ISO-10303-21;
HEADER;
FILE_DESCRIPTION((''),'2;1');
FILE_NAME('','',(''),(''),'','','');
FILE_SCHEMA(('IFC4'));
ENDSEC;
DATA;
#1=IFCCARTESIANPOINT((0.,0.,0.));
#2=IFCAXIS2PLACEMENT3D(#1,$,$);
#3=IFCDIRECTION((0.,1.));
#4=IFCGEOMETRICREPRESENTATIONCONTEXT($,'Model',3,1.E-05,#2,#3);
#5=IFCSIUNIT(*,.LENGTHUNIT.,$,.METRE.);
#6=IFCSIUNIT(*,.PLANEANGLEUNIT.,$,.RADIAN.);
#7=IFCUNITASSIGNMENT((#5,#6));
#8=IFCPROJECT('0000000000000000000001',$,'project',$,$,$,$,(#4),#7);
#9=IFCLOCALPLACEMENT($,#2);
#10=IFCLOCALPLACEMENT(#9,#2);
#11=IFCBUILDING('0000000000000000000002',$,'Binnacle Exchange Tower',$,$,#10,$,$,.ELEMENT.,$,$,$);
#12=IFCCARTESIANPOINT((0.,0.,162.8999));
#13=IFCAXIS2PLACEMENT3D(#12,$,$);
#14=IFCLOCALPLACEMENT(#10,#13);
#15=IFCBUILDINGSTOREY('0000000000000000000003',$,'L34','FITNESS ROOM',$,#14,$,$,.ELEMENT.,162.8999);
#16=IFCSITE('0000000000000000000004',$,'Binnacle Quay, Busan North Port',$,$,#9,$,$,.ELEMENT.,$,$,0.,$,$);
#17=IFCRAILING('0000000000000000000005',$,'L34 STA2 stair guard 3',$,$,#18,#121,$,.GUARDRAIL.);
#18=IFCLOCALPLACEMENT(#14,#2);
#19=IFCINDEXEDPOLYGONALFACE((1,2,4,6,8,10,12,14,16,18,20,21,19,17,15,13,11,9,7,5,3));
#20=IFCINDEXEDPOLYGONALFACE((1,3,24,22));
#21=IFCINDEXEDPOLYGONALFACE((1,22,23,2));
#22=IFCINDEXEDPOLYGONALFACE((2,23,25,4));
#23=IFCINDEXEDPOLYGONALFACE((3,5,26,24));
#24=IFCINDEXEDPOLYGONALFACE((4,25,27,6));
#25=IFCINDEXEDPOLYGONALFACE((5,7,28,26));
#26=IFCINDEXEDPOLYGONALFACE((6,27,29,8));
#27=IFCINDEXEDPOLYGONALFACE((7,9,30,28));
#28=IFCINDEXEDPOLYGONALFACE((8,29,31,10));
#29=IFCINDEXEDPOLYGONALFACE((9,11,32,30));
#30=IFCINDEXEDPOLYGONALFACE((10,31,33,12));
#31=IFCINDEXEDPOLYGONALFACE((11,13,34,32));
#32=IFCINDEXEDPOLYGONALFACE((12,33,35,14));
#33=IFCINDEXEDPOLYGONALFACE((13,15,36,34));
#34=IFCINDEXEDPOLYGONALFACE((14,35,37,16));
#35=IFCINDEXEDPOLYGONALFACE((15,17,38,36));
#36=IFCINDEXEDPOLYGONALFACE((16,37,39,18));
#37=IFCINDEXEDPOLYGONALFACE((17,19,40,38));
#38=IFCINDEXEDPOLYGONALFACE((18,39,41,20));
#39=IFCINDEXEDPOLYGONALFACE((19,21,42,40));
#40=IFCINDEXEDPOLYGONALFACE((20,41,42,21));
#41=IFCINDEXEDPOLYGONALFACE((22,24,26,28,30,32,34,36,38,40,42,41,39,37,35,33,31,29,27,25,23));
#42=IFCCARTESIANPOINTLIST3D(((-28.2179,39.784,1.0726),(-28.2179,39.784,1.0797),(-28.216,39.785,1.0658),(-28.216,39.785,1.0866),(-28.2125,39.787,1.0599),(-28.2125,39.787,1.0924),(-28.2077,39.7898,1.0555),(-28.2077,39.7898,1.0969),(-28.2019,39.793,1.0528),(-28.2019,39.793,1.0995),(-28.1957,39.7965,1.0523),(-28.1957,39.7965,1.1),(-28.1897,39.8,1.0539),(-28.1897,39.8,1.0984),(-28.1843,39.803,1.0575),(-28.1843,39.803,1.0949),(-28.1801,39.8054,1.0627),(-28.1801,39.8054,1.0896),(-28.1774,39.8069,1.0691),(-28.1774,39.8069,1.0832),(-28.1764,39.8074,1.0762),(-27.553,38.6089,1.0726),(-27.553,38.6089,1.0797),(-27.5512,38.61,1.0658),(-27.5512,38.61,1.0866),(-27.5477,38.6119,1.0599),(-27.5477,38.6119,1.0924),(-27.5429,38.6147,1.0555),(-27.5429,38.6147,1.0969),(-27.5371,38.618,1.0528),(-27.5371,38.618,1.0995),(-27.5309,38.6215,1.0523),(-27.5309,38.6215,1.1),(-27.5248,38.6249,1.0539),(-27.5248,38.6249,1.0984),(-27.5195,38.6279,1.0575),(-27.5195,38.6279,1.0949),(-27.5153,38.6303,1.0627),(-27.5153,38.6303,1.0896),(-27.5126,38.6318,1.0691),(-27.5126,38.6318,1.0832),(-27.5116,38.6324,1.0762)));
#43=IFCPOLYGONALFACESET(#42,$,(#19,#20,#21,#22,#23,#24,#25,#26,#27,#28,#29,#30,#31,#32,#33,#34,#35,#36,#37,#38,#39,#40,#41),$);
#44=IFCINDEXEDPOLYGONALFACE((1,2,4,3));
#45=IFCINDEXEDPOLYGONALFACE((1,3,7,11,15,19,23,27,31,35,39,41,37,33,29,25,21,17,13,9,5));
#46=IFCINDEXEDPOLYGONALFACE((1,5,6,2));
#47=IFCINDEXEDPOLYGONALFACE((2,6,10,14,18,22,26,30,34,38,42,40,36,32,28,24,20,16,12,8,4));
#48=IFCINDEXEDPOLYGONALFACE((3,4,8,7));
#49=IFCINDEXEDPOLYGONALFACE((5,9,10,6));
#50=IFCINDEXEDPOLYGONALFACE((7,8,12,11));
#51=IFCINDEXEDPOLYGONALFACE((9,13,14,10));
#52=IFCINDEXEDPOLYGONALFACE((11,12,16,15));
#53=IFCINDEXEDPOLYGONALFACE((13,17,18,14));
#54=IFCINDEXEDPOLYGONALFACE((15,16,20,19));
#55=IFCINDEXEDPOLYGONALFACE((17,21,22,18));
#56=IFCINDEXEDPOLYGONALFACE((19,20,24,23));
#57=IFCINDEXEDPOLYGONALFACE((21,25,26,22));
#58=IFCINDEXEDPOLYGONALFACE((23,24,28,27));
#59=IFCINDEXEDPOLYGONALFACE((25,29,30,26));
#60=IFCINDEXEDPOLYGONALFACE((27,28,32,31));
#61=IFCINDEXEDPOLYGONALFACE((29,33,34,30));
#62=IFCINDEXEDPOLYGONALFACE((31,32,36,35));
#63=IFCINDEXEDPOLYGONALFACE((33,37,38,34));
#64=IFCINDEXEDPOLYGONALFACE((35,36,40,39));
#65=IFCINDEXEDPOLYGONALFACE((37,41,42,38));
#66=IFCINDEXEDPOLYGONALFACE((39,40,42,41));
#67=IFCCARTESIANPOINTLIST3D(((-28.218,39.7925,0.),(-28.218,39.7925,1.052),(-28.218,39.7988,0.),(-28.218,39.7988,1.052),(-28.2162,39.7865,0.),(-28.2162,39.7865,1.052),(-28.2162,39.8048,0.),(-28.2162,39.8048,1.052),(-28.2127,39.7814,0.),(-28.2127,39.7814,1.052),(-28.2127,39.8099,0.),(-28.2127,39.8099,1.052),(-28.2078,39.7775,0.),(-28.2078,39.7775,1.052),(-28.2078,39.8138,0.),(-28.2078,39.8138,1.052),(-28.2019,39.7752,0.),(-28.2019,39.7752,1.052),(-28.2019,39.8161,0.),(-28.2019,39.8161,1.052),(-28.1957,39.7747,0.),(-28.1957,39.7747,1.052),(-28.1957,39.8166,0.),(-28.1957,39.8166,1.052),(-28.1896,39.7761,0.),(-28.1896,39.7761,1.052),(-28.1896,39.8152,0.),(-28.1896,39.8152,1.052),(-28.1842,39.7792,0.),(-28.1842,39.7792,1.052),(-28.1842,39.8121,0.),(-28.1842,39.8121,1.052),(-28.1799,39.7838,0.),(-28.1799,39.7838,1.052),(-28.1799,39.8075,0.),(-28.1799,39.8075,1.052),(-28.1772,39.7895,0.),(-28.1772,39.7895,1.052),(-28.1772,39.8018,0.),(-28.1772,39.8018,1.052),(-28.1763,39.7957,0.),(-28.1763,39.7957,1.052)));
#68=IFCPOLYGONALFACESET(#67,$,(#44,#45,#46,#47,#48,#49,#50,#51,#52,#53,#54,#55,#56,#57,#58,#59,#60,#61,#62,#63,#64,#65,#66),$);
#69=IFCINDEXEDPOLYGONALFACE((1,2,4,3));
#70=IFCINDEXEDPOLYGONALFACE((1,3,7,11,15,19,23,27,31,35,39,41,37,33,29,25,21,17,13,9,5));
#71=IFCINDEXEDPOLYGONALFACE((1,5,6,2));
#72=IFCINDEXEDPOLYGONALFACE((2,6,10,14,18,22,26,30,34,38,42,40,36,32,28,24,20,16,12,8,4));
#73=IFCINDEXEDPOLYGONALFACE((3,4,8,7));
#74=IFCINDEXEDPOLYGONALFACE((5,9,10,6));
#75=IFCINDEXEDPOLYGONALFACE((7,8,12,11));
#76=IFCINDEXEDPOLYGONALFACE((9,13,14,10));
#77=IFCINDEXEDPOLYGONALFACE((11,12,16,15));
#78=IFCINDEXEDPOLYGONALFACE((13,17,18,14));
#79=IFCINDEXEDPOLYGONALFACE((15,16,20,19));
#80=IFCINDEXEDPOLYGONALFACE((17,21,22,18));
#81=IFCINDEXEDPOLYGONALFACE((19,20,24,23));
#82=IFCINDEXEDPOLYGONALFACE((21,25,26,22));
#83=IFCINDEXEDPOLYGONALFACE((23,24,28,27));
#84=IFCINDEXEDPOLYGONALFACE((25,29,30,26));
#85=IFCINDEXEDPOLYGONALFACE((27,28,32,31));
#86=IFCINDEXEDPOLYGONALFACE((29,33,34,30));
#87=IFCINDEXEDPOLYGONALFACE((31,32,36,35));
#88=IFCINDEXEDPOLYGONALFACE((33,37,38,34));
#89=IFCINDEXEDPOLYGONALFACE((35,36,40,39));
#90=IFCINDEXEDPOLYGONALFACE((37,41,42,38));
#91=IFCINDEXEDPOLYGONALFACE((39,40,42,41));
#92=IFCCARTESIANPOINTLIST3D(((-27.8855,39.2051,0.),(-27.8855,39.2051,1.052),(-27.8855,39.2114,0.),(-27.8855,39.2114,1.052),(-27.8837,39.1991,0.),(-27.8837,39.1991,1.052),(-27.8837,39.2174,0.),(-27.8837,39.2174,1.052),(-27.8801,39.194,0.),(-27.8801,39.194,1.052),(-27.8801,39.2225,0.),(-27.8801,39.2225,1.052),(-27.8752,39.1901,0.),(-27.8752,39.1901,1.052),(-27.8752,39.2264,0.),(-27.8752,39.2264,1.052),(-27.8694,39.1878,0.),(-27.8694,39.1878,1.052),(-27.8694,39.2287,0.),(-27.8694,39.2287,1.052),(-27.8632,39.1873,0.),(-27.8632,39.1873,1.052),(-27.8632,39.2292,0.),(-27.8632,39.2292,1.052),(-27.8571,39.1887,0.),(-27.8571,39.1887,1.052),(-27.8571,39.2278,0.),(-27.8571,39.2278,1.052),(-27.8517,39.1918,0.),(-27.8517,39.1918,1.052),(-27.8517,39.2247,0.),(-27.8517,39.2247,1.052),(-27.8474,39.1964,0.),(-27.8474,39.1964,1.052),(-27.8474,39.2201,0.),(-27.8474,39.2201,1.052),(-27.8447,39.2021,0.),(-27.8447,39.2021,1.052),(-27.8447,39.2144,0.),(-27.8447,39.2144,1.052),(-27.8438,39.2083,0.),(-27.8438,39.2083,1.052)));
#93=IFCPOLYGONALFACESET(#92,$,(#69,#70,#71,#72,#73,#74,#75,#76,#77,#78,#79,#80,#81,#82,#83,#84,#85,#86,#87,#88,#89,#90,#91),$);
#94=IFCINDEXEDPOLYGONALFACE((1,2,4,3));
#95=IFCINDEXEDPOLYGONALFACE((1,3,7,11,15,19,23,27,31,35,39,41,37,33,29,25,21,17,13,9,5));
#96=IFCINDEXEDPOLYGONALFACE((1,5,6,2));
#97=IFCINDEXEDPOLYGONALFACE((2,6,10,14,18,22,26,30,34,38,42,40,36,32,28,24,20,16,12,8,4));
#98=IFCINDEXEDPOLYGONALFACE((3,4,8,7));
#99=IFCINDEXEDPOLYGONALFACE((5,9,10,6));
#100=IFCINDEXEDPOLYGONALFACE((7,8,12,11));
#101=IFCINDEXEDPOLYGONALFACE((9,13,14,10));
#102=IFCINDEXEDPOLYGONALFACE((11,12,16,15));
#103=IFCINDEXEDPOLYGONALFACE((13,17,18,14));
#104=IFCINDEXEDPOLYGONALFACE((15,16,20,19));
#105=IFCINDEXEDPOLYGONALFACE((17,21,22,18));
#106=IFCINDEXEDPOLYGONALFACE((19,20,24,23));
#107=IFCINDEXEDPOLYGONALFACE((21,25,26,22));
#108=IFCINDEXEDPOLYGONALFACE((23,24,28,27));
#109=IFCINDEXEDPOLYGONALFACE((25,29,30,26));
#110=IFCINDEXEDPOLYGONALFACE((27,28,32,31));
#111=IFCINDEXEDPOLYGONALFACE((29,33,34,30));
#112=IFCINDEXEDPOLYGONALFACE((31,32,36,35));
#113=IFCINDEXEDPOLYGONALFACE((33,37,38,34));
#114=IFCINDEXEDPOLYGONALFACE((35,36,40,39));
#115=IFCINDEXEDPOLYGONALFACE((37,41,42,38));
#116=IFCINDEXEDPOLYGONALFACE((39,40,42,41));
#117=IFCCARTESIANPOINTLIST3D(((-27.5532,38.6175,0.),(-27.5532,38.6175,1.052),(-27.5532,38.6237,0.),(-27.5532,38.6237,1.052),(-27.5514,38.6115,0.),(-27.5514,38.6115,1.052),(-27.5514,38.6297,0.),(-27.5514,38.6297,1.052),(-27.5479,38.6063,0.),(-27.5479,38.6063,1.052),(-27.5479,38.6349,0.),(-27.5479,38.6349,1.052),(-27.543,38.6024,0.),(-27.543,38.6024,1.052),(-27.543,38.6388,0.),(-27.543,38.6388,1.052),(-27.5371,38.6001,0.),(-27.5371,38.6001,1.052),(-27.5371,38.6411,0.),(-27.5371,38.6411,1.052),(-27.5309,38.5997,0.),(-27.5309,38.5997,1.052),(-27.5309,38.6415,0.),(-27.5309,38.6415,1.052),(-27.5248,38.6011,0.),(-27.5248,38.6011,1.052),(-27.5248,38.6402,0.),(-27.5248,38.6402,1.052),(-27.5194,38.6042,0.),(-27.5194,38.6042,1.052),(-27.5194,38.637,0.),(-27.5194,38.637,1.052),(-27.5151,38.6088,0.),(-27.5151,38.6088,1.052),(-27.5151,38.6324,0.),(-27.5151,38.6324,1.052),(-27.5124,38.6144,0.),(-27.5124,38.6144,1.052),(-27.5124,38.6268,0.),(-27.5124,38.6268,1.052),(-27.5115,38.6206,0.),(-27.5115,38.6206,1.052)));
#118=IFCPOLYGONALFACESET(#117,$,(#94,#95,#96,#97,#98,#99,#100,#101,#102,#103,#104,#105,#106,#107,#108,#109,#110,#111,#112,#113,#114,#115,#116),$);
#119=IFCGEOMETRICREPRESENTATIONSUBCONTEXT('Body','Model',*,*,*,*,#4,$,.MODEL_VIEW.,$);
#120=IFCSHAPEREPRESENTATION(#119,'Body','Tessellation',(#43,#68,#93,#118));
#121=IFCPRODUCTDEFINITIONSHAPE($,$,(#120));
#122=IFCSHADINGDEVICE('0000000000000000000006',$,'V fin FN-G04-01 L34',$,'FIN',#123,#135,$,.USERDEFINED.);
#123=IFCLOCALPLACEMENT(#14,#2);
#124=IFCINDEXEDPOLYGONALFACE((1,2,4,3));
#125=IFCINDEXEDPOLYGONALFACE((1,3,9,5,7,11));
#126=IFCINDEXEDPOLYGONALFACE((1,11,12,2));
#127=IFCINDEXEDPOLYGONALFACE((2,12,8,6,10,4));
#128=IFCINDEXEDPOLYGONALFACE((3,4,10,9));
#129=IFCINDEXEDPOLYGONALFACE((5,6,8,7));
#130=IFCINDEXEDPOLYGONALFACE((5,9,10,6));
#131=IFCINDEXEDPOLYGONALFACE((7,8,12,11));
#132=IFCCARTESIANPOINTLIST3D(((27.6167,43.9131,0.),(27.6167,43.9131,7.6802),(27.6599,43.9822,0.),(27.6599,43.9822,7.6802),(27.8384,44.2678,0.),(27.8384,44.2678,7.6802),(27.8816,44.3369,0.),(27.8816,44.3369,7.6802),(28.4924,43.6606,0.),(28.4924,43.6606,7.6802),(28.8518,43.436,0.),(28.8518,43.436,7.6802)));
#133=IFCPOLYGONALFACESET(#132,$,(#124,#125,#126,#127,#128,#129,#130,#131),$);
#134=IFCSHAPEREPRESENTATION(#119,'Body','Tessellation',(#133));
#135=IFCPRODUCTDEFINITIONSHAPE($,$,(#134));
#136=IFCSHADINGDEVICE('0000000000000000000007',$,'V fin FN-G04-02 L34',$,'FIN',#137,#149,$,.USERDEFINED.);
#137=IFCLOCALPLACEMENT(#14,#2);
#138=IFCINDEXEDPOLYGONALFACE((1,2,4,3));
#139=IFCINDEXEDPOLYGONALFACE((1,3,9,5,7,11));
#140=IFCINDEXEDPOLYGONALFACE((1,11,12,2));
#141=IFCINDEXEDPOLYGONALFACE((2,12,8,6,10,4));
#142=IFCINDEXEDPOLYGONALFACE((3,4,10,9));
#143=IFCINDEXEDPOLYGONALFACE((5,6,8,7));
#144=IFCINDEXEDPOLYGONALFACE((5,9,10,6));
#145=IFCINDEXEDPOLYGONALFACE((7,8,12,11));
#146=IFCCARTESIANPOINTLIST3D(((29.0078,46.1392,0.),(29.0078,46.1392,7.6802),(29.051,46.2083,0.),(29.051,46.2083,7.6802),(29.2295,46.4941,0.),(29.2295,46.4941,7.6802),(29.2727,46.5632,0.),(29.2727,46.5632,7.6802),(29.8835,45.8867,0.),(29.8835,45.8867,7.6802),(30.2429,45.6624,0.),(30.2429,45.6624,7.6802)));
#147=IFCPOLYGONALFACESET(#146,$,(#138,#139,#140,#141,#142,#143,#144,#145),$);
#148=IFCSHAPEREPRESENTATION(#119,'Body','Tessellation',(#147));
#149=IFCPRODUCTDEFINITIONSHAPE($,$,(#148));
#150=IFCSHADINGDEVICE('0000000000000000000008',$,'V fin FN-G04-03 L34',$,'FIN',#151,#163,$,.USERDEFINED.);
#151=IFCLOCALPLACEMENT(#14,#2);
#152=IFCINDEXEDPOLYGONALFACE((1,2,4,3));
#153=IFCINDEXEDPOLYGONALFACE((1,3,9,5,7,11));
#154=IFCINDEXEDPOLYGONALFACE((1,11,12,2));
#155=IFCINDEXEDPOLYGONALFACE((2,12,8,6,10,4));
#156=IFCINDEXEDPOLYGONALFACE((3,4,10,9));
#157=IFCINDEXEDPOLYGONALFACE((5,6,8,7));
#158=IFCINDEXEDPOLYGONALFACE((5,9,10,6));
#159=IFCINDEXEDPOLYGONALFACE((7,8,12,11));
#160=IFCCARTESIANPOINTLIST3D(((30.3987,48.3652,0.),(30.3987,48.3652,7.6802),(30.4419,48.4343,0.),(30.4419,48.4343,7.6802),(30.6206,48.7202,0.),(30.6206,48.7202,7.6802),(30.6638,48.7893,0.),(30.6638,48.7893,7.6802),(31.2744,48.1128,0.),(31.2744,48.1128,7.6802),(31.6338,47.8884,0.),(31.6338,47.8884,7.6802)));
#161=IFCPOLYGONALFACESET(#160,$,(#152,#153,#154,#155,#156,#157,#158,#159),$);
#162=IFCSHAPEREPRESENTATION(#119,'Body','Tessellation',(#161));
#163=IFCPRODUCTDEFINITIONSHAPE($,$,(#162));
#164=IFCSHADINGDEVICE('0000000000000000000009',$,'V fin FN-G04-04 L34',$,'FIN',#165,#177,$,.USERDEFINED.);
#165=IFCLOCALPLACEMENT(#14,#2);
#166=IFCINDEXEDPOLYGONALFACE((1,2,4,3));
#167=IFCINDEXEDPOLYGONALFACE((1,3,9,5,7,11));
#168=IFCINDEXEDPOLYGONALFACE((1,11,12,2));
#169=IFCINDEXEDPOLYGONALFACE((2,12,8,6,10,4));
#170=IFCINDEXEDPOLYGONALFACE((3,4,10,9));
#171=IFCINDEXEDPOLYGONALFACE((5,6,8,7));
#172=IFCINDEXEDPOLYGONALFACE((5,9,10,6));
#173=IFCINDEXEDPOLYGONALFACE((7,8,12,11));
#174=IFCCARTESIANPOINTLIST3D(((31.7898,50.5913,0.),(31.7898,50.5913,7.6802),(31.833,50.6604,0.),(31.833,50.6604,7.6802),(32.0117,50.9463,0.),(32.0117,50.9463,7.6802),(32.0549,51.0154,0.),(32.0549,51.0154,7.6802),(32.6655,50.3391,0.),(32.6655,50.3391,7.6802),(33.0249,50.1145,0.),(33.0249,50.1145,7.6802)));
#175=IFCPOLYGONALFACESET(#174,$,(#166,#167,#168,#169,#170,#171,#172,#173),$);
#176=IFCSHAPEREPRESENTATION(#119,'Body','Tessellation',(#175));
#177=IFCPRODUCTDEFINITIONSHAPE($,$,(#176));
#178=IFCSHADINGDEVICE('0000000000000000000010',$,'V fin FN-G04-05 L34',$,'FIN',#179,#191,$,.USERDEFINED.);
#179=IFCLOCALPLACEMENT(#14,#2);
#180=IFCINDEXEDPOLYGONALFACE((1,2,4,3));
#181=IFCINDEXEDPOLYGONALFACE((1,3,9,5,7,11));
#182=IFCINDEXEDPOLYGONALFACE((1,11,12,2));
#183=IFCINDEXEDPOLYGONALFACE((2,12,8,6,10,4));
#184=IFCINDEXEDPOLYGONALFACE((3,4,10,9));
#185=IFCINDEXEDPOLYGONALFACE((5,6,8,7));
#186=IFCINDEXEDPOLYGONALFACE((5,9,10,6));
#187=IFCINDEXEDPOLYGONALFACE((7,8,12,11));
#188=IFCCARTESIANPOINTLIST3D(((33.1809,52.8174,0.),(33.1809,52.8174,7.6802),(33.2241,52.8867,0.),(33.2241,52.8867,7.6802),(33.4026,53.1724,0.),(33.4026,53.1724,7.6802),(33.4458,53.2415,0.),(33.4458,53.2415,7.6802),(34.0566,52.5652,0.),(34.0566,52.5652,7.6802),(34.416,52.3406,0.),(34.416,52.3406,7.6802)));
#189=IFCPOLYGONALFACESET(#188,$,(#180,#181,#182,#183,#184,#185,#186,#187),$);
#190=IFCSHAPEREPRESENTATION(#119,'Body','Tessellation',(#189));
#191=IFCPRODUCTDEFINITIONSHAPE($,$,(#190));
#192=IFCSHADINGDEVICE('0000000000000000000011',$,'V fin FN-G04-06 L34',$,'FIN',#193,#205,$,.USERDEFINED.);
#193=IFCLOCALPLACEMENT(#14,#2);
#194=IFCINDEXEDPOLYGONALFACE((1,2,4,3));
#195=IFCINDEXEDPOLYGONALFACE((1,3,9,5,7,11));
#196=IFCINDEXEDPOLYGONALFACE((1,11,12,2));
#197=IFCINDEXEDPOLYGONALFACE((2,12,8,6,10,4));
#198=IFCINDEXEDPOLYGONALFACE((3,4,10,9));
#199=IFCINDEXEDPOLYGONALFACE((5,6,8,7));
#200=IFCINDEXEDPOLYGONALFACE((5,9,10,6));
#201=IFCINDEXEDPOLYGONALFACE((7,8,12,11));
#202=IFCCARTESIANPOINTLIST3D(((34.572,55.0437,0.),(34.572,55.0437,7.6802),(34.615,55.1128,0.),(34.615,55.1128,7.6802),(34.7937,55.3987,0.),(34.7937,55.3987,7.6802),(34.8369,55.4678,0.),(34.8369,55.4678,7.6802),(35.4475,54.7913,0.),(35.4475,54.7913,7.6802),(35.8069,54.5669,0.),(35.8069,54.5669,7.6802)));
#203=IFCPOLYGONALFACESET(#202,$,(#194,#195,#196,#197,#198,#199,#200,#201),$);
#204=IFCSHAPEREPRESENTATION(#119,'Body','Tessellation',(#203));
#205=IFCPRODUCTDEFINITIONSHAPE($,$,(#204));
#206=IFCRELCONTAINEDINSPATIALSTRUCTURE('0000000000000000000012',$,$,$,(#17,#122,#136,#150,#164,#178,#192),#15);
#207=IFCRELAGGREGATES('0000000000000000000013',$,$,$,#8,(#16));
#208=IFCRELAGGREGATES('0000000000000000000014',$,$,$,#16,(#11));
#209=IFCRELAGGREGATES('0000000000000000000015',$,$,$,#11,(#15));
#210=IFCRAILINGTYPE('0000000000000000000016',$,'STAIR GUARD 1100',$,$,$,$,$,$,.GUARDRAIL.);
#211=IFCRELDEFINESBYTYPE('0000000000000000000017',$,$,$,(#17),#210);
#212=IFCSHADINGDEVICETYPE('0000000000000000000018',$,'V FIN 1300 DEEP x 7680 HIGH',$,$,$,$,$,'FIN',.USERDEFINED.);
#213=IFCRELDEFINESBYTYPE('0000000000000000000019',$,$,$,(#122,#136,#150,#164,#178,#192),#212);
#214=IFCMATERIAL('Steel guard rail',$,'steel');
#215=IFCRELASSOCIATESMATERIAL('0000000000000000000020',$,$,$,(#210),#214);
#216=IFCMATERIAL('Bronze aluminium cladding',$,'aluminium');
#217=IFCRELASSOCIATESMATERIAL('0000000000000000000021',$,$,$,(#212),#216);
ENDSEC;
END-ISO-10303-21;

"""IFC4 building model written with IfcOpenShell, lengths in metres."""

from ifc_helpers import new_model, si_unit, direction, frame, origin, origin_2d, place, context, subcontext, project, spatial, polyline, circle, outline, extrude, material, type_object, element, save


model = new_model("IFC4")

# Units and contexts
model_context = context("Model", 3, precision=1e-05, world=origin(), true_north=direction((0.0, 1.0)))
body_context = subcontext(model_context, "Body", "Model", "MODEL_VIEW")
ifc_project = project(units=[si_unit("LENGTHUNIT", "METRE"), si_unit("PLANEANGLEUNIT", "RADIAN")], contexts=[model_context])

# Site, building, storey
site_placement = place(None, origin())
site = spatial("IfcSite", under=ifc_project, at=site_placement, Name="Binnacle Quay, Busan North Port", CompositionType="ELEMENT", RefElevation=0.0)
building_placement = place(site_placement, origin())
building = spatial("IfcBuilding", under=site, at=building_placement, Name="Binnacle Exchange Tower", CompositionType="ELEMENT")
storey_placement = place(building_placement, frame((0.0, 0.0, 162.8999)))
storey = spatial("IfcBuildingStorey", under=building, at=storey_placement, Name="L34", Description="FITNESS ROOM", CompositionType="ELEMENT", Elevation=162.8999)

# Railing
ifc_material_1 = material(Name="Steel guard rail", Category="steel")
railing_type_1 = type_object("IfcRailingType", Name="STAIR GUARD 1100", PredefinedType="GUARDRAIL", material=ifc_material_1)
railing_1_placement = place(storey_placement, frame((-28.1973, 39.7957, 0.0)))
element("IfcRailing", 1, at=railing_1_placement, inside=storey, type_object=railing_type_1, Name="L34 STA2 stair guard 3", PredefinedType="GUARDRAIL", context=body_context, shape_type="SweptSolid", body=[
    extrude(circle(Radius=0.0239, at=origin_2d()), frame((0.0, 0.0, 1.0762), z_axis=(0.492415, -0.870361, 0.0), x_axis=(0.870361, 0.492415, 0.0)), (0.0, 0.0, 1.0), 1.3501),
    extrude(circle(Radius=0.021, at=origin_2d()), origin(), (0.0, 0.0, 1.0), 1.052),
    extrude(circle(Radius=0.021, at=origin_2d()), frame((0.3325, -0.5874, 0.0)), (0.0, 0.0, 1.0), 1.052),
    extrude(circle(Radius=0.021, at=origin_2d()), frame((0.6648, -1.175, 0.0)), (0.0, 0.0, 1.0), 1.052),
])

# Shading devices
ifc_material_2 = material(Name="Bronze aluminium cladding", Category="aluminium")
shading_device_type_1 = type_object("IfcShadingDeviceType", Name="V FIN 1300 DEEP x 7680 HIGH", ElementType="FIN", PredefinedType="USERDEFINED", material=ifc_material_2)
shading_device_1_placement = place(storey_placement, origin())
element("IfcShadingDevice", 2, at=shading_device_1_placement, inside=storey, type_object=shading_device_type_1, Name="V fin FN-G04-01 L34", ObjectType="FIN", PredefinedType="USERDEFINED", context=body_context, shape_type="SweptSolid", body=[
    extrude(outline(polyline([(27.6167, 43.9131), (28.8518, 43.436), (27.8816, 44.3369), (27.8384, 44.2678), (28.4924, 43.6606), (27.6599, 43.9822), (27.6167, 43.9131)])), origin(), (0.0, 0.0, 1.0), 7.6802),
])
shading_device_2_placement = place(storey_placement, origin())
element("IfcShadingDevice", 3, at=shading_device_2_placement, inside=storey, type_object=shading_device_type_1, Name="V fin FN-G04-02 L34", ObjectType="FIN", PredefinedType="USERDEFINED", context=body_context, shape_type="SweptSolid", body=[
    extrude(outline(polyline([(29.0078, 46.1392), (30.2429, 45.6624), (29.2727, 46.5632), (29.2295, 46.4941), (29.8835, 45.8867), (29.051, 46.2083), (29.0078, 46.1392)])), origin(), (0.0, 0.0, 1.0), 7.6802),
])
shading_device_3_placement = place(storey_placement, origin())
element("IfcShadingDevice", 4, at=shading_device_3_placement, inside=storey, type_object=shading_device_type_1, Name="V fin FN-G04-03 L34", ObjectType="FIN", PredefinedType="USERDEFINED", context=body_context, shape_type="SweptSolid", body=[
    extrude(outline(polyline([(30.3987, 48.3652), (31.6338, 47.8884), (30.6638, 48.7893), (30.6206, 48.7202), (31.2744, 48.1128), (30.4419, 48.4343), (30.3987, 48.3652)])), origin(), (0.0, 0.0, 1.0), 7.6802),
])
shading_device_4_placement = place(storey_placement, origin())
element("IfcShadingDevice", 5, at=shading_device_4_placement, inside=storey, type_object=shading_device_type_1, Name="V fin FN-G04-04 L34", ObjectType="FIN", PredefinedType="USERDEFINED", context=body_context, shape_type="SweptSolid", body=[
    extrude(outline(polyline([(31.7898, 50.5913), (33.0249, 50.1145), (32.0549, 51.0154), (32.0117, 50.9463), (32.6655, 50.3391), (31.833, 50.6604), (31.7898, 50.5913)])), origin(), (0.0, 0.0, 1.0), 7.6802),
])
shading_device_5_placement = place(storey_placement, origin())
element("IfcShadingDevice", 6, at=shading_device_5_placement, inside=storey, type_object=shading_device_type_1, Name="V fin FN-G04-05 L34", ObjectType="FIN", PredefinedType="USERDEFINED", context=body_context, shape_type="SweptSolid", body=[
    extrude(outline(polyline([(33.1809, 52.8174), (34.416, 52.3406), (33.4458, 53.2415), (33.4026, 53.1724), (34.0566, 52.5652), (33.2241, 52.8867), (33.1809, 52.8174)])), origin(), (0.0, 0.0, 1.0), 7.6802),
])
shading_device_6_placement = place(storey_placement, origin())
element("IfcShadingDevice", 7, at=shading_device_6_placement, inside=storey, type_object=shading_device_type_1, Name="V fin FN-G04-06 L34", ObjectType="FIN", PredefinedType="USERDEFINED", context=body_context, shape_type="SweptSolid", body=[
    extrude(outline(polyline([(34.572, 55.0437), (35.8069, 54.5669), (34.8369, 55.4678), (34.7937, 55.3987), (35.4475, 54.7913), (34.615, 55.1128), (34.572, 55.0437)])), origin(), (0.0, 0.0, 1.0), 7.6802),
])

save(model, "model.ifc")
